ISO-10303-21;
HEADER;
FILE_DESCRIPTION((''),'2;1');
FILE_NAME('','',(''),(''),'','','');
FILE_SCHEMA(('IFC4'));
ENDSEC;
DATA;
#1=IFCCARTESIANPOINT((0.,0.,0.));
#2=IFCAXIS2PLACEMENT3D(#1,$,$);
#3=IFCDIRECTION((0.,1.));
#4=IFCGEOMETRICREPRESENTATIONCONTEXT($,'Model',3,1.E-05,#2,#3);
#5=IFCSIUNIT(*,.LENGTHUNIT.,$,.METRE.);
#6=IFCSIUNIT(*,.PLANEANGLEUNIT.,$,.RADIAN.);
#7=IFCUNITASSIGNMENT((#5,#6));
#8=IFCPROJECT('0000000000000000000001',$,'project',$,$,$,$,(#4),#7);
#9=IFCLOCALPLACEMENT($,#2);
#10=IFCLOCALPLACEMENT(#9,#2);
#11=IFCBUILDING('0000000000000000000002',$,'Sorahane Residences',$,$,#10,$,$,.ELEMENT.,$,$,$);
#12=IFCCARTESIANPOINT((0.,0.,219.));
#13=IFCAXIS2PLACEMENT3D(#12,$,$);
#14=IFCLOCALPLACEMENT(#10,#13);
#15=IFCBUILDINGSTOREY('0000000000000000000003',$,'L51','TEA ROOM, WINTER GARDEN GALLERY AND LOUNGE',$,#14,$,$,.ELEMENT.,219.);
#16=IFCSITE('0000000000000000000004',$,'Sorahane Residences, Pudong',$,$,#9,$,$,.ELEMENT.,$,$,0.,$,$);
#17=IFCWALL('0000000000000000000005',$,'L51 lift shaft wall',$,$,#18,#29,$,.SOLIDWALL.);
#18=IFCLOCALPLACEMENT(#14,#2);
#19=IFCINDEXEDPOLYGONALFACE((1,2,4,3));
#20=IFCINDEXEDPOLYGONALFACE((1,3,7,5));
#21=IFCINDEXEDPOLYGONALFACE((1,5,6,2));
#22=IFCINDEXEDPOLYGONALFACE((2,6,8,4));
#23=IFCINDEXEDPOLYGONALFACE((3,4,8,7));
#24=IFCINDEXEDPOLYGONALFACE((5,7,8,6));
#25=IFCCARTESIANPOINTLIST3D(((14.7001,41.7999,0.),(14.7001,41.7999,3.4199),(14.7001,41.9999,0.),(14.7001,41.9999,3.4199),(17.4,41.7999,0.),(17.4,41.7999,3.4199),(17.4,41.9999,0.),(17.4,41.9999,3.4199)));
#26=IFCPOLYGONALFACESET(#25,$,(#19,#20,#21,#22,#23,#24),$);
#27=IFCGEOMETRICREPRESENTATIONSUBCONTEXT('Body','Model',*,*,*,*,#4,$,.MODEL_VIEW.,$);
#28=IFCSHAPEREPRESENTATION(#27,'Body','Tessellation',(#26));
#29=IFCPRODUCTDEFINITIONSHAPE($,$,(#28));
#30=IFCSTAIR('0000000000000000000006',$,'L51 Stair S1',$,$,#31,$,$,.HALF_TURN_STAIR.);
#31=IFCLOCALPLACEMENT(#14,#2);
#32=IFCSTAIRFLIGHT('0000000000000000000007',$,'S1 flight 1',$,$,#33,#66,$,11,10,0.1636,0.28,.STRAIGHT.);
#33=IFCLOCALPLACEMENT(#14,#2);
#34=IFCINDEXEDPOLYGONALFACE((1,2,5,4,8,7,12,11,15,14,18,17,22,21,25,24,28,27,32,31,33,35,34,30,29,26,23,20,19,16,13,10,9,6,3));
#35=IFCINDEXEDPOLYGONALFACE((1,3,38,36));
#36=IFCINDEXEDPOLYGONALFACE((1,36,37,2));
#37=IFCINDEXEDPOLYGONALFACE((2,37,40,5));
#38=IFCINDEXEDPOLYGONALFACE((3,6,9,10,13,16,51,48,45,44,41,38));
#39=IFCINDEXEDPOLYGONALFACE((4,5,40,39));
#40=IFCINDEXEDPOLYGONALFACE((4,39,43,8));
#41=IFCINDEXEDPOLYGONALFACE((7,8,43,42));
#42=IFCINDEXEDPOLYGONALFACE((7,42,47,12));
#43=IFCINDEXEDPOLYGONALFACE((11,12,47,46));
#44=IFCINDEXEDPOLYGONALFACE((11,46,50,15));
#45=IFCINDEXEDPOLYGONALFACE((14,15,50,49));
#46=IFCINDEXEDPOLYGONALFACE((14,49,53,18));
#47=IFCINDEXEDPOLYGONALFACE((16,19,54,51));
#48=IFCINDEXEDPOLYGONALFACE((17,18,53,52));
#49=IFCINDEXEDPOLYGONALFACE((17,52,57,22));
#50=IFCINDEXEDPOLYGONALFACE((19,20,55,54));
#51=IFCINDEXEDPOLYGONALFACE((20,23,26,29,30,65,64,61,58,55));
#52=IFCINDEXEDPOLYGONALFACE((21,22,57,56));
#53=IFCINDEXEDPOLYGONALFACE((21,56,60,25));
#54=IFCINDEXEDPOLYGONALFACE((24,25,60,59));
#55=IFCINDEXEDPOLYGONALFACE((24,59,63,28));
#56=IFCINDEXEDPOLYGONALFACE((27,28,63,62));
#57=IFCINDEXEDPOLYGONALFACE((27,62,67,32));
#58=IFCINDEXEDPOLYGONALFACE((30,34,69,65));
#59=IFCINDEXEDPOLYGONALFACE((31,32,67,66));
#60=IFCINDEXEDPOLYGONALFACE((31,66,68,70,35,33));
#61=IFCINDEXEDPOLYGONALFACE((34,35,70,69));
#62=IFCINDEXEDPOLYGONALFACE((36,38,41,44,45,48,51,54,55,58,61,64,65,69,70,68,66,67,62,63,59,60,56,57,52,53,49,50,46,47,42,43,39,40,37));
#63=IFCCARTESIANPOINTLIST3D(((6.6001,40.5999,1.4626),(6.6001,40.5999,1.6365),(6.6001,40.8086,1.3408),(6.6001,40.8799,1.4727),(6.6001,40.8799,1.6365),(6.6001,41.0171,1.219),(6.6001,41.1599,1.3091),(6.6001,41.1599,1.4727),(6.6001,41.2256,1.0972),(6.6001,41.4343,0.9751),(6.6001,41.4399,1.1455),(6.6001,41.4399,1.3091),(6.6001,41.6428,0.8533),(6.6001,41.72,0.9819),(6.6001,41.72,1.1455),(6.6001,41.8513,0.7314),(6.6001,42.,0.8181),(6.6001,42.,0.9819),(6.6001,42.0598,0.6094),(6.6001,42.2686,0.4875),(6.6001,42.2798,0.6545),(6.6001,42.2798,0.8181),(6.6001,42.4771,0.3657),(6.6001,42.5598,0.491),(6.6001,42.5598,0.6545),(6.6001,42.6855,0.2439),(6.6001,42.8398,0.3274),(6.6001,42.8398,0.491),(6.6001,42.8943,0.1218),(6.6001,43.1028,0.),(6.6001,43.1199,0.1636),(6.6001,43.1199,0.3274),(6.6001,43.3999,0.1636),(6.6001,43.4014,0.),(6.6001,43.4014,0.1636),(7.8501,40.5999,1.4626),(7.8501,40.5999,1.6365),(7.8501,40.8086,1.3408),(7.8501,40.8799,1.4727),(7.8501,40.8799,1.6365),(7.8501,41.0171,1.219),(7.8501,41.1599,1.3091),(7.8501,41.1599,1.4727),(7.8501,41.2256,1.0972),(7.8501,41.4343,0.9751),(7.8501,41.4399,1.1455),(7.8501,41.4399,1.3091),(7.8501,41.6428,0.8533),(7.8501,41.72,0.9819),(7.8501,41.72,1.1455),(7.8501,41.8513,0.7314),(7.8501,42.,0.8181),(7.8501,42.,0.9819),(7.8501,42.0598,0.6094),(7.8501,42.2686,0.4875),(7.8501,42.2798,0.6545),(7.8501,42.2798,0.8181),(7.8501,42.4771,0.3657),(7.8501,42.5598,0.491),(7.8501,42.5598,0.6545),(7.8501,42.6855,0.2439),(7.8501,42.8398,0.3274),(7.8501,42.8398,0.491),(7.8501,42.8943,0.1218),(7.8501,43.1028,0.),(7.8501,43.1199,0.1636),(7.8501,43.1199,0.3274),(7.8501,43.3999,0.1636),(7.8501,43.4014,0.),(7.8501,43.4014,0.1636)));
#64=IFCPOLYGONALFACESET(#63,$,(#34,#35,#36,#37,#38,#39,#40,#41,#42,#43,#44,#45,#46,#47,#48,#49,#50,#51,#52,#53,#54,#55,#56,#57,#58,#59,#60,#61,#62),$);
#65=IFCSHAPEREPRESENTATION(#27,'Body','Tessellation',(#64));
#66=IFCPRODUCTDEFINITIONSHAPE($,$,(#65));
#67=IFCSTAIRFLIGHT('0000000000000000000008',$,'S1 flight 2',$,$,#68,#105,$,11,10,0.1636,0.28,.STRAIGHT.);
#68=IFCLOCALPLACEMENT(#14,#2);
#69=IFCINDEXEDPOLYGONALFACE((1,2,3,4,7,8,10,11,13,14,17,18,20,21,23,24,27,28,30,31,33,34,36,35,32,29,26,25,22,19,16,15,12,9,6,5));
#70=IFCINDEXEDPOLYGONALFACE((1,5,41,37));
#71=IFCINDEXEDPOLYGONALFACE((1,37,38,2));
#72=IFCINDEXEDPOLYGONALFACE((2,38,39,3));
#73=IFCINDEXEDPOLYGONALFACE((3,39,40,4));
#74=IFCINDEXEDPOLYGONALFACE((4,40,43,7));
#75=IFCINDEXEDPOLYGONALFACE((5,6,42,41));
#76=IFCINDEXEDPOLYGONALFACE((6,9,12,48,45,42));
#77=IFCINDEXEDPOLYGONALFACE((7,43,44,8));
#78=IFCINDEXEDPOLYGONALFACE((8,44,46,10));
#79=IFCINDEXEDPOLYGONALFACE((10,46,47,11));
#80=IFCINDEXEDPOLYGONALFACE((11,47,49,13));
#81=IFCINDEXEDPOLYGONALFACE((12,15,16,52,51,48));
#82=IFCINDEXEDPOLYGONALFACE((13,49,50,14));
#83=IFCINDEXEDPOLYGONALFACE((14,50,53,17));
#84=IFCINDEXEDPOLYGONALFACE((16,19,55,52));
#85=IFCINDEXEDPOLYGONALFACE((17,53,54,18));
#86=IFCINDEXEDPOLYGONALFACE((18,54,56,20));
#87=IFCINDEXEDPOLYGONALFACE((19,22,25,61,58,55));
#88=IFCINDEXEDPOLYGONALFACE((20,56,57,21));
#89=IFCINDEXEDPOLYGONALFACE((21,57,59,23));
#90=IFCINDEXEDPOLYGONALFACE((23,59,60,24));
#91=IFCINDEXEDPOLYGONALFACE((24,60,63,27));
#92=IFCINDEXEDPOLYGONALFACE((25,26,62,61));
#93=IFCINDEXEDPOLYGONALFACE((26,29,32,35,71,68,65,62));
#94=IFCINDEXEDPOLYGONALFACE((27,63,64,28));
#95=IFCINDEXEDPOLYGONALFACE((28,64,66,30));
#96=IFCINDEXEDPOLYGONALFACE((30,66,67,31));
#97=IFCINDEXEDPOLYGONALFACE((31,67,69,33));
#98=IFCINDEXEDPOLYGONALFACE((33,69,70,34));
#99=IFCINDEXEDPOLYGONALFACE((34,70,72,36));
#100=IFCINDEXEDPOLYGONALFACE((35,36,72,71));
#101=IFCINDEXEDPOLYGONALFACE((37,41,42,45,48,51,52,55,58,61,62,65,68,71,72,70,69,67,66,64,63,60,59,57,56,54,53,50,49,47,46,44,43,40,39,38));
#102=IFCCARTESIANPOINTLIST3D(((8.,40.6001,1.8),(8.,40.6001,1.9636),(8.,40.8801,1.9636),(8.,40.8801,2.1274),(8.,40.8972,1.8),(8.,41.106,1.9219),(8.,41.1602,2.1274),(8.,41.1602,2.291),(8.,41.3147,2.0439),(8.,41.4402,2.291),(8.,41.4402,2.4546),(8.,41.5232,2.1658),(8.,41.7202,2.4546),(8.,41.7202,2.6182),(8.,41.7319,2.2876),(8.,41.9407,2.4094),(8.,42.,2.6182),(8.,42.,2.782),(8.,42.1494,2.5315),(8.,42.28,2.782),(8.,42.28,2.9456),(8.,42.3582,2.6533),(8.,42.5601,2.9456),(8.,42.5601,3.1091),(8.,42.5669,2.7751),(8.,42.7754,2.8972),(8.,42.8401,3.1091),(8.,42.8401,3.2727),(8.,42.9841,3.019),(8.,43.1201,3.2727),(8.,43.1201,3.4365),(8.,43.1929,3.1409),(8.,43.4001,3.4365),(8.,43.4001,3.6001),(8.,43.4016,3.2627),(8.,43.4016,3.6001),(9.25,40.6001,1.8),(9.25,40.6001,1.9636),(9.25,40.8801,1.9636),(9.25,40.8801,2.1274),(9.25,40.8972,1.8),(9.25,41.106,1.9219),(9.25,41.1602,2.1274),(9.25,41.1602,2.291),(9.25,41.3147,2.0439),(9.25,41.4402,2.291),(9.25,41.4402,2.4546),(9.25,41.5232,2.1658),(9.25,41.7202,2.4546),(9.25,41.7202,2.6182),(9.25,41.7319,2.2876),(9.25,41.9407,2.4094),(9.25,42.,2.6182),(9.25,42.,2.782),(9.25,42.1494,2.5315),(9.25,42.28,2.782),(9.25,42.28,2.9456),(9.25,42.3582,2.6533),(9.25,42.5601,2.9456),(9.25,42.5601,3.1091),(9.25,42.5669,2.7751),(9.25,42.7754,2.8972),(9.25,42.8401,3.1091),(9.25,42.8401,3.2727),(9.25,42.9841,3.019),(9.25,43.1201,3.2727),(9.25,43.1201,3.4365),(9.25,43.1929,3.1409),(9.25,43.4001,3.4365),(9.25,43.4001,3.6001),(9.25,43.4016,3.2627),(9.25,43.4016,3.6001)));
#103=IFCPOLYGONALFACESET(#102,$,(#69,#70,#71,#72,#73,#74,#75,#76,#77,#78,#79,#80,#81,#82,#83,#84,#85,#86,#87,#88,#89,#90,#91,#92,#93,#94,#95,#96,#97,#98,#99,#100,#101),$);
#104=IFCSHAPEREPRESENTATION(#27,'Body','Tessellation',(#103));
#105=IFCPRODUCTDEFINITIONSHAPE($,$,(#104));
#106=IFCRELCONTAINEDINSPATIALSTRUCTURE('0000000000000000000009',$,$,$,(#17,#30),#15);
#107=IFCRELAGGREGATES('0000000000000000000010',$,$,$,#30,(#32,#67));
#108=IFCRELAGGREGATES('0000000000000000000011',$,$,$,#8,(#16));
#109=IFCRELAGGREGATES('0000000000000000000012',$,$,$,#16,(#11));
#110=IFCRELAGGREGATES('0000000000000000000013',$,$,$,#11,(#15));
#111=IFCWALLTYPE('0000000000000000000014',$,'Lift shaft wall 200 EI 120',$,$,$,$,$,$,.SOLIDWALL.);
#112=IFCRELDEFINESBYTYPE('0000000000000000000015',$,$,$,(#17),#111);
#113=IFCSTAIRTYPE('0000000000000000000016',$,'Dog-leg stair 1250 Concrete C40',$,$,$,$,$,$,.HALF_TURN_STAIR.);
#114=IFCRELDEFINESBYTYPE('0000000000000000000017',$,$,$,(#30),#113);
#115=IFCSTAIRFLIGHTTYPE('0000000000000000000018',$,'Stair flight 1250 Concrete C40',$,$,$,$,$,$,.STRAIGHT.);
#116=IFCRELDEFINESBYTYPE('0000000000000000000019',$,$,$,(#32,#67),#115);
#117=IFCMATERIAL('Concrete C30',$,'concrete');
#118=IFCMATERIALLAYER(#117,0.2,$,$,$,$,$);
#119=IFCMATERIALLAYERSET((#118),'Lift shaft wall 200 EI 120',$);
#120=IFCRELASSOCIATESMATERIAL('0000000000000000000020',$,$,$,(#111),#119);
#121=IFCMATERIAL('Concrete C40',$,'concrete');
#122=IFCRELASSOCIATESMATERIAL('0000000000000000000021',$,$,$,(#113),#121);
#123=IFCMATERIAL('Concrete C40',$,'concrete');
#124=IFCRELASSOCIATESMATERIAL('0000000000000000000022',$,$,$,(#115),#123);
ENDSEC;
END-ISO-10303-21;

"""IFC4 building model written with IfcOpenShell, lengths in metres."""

from ifc_helpers import new_model, si_unit, direction, frame, frame_2d, origin, place, context, subcontext, project, spatial, polyline, rectangle, outline, extrude, material, layer, layer_set, type_object, element, aggregate, save


model = new_model("IFC4")

# Units and contexts
model_context = context("Model", 3, precision=1e-05, world=origin(), true_north=direction((0.0, 1.0)))
body_context = subcontext(model_context, "Body", "Model", "MODEL_VIEW")
ifc_project = project(units=[si_unit("LENGTHUNIT", "METRE"), si_unit("PLANEANGLEUNIT", "RADIAN")], contexts=[model_context])

# Site, building, storey
site_placement = place(None, origin())
site = spatial("IfcSite", under=ifc_project, at=site_placement, Name="Sorahane Residences, Pudong", CompositionType="ELEMENT", RefElevation=0.0)
building_placement = place(site_placement, origin())
building = spatial("IfcBuilding", under=site, at=building_placement, Name="Sorahane Residences", CompositionType="ELEMENT")
storey_placement = place(building_placement, frame((0.0, 0.0, 219.0)))
storey = spatial("IfcBuildingStorey", under=building, at=storey_placement, Name="L51", Description="TEA ROOM, WINTER GARDEN GALLERY AND LOUNGE", CompositionType="ELEMENT", Elevation=219.0)

# Wall
ifc_material_1 = material(Name="Concrete C30", Category="concrete")
ifc_layer_1 = layer(ifc_material_1, 0.2)
ifc_layer_set_1 = layer_set([ifc_layer_1], Name="Lift shaft wall 200 EI 120")
wall_type_1 = type_object("IfcWallType", Name="Lift shaft wall 200 EI 120", PredefinedType="SOLIDWALL", material=ifc_layer_set_1)
wall_1_placement = place(storey_placement, frame((14.7, 41.8999, 0.0), z_axis=(0.0, 0.0, 1.0), x_axis=(1.0, 0.0, 0.0)))
element("IfcWall", 1, at=wall_1_placement, inside=storey, type_object=wall_type_1, Name="L51 lift shaft wall", PredefinedType="SOLIDWALL", context=body_context, shape_type="SweptSolid", body=[
    extrude(rectangle(XDim=2.7, YDim=0.2, at=frame_2d((1.3501, 0.0))), origin(), (0.0, 0.0, 1.0), 3.4199),
])

# Stair, stair flights
ifc_material_2 = material(Name="Concrete C40", Category="concrete")
stair_type = type_object("IfcStairType", Name="Dog-leg stair 1250 Concrete C40", PredefinedType="HALF_TURN_STAIR", material=ifc_material_2)
stair_placement = place(storey_placement, origin())
stair = element("IfcStair", 2, at=stair_placement, inside=storey, type_object=stair_type, Name="L51 Stair S1", PredefinedType="HALF_TURN_STAIR")
ifc_material_3 = material(Name="Concrete C40", Category="concrete")
stair_flight_type = type_object("IfcStairFlightType", Name="Stair flight 1250 Concrete C40", PredefinedType="STRAIGHT", material=ifc_material_3)
stair_flight_1_placement = place(storey_placement, frame((7.2251, 43.3999, 0.0), z_axis=(0.0, 0.0, 1.0), x_axis=(0.0, -1.0, 0.0)))
stair_flight_1 = element("IfcStairFlight", 3, at=stair_flight_1_placement, type_object=stair_flight_type, Name="S1 flight 1", NumberOfRisers=11, NumberOfTreads=10, PredefinedType="STRAIGHT", RiserHeight=0.1636, TreadLength=0.28, context=body_context, shape_type="SweptSolid", body=[
    extrude(outline(polyline([(-0.0015, 0.0), (-0.0015, 0.1636), (0.0, 0.1636), (0.28, 0.1636), (0.28, 0.3274), (0.5601, 0.3274), (0.5601, 0.491), (0.8401, 0.491), (0.8401, 0.6545), (1.1201, 0.6545), (1.1201, 0.8181), (1.3999, 0.8181), (1.3999, 0.9819), (1.6799, 0.9819), (1.6799, 1.1455), (1.96, 1.1455), (1.96, 1.3091), (2.24, 1.3091), (2.24, 1.4727), (2.52, 1.4727), (2.52, 1.6365), (2.8, 1.6365), (2.8, 1.8), (2.8, 1.4626), (2.5913, 1.3408), (2.3828, 1.219), (2.1743, 1.0972), (1.9656, 0.9751), (1.7571, 0.8533), (1.5486, 0.7314), (1.3401, 0.6094), (1.1313, 0.4875), (0.9229, 0.3657), (0.7144, 0.2439), (0.5056, 0.1218), (0.2971, 0.0), (-0.0015, 0.0)])), frame((0.0, 0.625, 0.0), z_axis=(0.0, -1.0, 0.0), x_axis=(1.0, 0.0, 0.0)), (0.0, 0.0, 1.0), 1.25),
])
stair_flight_2_placement = place(storey_placement, frame((8.625, 40.6001, 1.8), z_axis=(0.0, 0.0, 1.0), x_axis=(0.0, 1.0, 0.0)))
stair_flight_2 = element("IfcStairFlight", 4, at=stair_flight_2_placement, type_object=stair_flight_type, Name="S1 flight 2", NumberOfRisers=11, NumberOfTreads=10, PredefinedType="STRAIGHT", RiserHeight=0.1636, TreadLength=0.28, context=body_context, shape_type="SweptSolid", body=[
    extrude(outline(polyline([(0.0, 0.0), (0.0, 0.1636), (0.28, 0.1636), (0.28, 0.3274), (0.5601, 0.3274), (0.5601, 0.491), (0.8401, 0.491), (0.8401, 0.6545), (1.1201, 0.6545), (1.1201, 0.8181), (1.3999, 0.8181), (1.3999, 0.9819), (1.6799, 0.9819), (1.6799, 1.1455), (1.96, 1.1455), (1.96, 1.3091), (2.24, 1.3091), (2.24, 1.4727), (2.52, 1.4727), (2.52, 1.6365), (2.8, 1.6365), (2.8, 1.8), (2.8015, 1.8), (2.8015, 1.4626), (2.5928, 1.3408), (2.384, 1.219), (2.1753, 1.0972), (1.9668, 0.9751), (1.7581, 0.8533), (1.5493, 0.7314), (1.3406, 0.6094), (1.1318, 0.4875), (0.9231, 0.3657), (0.7146, 0.2439), (0.5059, 0.1218), (0.2971, 0.0), (0.0, 0.0)])), frame((0.0, 0.625, 0.0), z_axis=(0.0, -1.0, 0.0), x_axis=(1.0, 0.0, 0.0)), (0.0, 0.0, 1.0), 1.25),
])
aggregate(stair, [stair_flight_1, stair_flight_2])

save(model, "model.ifc")
